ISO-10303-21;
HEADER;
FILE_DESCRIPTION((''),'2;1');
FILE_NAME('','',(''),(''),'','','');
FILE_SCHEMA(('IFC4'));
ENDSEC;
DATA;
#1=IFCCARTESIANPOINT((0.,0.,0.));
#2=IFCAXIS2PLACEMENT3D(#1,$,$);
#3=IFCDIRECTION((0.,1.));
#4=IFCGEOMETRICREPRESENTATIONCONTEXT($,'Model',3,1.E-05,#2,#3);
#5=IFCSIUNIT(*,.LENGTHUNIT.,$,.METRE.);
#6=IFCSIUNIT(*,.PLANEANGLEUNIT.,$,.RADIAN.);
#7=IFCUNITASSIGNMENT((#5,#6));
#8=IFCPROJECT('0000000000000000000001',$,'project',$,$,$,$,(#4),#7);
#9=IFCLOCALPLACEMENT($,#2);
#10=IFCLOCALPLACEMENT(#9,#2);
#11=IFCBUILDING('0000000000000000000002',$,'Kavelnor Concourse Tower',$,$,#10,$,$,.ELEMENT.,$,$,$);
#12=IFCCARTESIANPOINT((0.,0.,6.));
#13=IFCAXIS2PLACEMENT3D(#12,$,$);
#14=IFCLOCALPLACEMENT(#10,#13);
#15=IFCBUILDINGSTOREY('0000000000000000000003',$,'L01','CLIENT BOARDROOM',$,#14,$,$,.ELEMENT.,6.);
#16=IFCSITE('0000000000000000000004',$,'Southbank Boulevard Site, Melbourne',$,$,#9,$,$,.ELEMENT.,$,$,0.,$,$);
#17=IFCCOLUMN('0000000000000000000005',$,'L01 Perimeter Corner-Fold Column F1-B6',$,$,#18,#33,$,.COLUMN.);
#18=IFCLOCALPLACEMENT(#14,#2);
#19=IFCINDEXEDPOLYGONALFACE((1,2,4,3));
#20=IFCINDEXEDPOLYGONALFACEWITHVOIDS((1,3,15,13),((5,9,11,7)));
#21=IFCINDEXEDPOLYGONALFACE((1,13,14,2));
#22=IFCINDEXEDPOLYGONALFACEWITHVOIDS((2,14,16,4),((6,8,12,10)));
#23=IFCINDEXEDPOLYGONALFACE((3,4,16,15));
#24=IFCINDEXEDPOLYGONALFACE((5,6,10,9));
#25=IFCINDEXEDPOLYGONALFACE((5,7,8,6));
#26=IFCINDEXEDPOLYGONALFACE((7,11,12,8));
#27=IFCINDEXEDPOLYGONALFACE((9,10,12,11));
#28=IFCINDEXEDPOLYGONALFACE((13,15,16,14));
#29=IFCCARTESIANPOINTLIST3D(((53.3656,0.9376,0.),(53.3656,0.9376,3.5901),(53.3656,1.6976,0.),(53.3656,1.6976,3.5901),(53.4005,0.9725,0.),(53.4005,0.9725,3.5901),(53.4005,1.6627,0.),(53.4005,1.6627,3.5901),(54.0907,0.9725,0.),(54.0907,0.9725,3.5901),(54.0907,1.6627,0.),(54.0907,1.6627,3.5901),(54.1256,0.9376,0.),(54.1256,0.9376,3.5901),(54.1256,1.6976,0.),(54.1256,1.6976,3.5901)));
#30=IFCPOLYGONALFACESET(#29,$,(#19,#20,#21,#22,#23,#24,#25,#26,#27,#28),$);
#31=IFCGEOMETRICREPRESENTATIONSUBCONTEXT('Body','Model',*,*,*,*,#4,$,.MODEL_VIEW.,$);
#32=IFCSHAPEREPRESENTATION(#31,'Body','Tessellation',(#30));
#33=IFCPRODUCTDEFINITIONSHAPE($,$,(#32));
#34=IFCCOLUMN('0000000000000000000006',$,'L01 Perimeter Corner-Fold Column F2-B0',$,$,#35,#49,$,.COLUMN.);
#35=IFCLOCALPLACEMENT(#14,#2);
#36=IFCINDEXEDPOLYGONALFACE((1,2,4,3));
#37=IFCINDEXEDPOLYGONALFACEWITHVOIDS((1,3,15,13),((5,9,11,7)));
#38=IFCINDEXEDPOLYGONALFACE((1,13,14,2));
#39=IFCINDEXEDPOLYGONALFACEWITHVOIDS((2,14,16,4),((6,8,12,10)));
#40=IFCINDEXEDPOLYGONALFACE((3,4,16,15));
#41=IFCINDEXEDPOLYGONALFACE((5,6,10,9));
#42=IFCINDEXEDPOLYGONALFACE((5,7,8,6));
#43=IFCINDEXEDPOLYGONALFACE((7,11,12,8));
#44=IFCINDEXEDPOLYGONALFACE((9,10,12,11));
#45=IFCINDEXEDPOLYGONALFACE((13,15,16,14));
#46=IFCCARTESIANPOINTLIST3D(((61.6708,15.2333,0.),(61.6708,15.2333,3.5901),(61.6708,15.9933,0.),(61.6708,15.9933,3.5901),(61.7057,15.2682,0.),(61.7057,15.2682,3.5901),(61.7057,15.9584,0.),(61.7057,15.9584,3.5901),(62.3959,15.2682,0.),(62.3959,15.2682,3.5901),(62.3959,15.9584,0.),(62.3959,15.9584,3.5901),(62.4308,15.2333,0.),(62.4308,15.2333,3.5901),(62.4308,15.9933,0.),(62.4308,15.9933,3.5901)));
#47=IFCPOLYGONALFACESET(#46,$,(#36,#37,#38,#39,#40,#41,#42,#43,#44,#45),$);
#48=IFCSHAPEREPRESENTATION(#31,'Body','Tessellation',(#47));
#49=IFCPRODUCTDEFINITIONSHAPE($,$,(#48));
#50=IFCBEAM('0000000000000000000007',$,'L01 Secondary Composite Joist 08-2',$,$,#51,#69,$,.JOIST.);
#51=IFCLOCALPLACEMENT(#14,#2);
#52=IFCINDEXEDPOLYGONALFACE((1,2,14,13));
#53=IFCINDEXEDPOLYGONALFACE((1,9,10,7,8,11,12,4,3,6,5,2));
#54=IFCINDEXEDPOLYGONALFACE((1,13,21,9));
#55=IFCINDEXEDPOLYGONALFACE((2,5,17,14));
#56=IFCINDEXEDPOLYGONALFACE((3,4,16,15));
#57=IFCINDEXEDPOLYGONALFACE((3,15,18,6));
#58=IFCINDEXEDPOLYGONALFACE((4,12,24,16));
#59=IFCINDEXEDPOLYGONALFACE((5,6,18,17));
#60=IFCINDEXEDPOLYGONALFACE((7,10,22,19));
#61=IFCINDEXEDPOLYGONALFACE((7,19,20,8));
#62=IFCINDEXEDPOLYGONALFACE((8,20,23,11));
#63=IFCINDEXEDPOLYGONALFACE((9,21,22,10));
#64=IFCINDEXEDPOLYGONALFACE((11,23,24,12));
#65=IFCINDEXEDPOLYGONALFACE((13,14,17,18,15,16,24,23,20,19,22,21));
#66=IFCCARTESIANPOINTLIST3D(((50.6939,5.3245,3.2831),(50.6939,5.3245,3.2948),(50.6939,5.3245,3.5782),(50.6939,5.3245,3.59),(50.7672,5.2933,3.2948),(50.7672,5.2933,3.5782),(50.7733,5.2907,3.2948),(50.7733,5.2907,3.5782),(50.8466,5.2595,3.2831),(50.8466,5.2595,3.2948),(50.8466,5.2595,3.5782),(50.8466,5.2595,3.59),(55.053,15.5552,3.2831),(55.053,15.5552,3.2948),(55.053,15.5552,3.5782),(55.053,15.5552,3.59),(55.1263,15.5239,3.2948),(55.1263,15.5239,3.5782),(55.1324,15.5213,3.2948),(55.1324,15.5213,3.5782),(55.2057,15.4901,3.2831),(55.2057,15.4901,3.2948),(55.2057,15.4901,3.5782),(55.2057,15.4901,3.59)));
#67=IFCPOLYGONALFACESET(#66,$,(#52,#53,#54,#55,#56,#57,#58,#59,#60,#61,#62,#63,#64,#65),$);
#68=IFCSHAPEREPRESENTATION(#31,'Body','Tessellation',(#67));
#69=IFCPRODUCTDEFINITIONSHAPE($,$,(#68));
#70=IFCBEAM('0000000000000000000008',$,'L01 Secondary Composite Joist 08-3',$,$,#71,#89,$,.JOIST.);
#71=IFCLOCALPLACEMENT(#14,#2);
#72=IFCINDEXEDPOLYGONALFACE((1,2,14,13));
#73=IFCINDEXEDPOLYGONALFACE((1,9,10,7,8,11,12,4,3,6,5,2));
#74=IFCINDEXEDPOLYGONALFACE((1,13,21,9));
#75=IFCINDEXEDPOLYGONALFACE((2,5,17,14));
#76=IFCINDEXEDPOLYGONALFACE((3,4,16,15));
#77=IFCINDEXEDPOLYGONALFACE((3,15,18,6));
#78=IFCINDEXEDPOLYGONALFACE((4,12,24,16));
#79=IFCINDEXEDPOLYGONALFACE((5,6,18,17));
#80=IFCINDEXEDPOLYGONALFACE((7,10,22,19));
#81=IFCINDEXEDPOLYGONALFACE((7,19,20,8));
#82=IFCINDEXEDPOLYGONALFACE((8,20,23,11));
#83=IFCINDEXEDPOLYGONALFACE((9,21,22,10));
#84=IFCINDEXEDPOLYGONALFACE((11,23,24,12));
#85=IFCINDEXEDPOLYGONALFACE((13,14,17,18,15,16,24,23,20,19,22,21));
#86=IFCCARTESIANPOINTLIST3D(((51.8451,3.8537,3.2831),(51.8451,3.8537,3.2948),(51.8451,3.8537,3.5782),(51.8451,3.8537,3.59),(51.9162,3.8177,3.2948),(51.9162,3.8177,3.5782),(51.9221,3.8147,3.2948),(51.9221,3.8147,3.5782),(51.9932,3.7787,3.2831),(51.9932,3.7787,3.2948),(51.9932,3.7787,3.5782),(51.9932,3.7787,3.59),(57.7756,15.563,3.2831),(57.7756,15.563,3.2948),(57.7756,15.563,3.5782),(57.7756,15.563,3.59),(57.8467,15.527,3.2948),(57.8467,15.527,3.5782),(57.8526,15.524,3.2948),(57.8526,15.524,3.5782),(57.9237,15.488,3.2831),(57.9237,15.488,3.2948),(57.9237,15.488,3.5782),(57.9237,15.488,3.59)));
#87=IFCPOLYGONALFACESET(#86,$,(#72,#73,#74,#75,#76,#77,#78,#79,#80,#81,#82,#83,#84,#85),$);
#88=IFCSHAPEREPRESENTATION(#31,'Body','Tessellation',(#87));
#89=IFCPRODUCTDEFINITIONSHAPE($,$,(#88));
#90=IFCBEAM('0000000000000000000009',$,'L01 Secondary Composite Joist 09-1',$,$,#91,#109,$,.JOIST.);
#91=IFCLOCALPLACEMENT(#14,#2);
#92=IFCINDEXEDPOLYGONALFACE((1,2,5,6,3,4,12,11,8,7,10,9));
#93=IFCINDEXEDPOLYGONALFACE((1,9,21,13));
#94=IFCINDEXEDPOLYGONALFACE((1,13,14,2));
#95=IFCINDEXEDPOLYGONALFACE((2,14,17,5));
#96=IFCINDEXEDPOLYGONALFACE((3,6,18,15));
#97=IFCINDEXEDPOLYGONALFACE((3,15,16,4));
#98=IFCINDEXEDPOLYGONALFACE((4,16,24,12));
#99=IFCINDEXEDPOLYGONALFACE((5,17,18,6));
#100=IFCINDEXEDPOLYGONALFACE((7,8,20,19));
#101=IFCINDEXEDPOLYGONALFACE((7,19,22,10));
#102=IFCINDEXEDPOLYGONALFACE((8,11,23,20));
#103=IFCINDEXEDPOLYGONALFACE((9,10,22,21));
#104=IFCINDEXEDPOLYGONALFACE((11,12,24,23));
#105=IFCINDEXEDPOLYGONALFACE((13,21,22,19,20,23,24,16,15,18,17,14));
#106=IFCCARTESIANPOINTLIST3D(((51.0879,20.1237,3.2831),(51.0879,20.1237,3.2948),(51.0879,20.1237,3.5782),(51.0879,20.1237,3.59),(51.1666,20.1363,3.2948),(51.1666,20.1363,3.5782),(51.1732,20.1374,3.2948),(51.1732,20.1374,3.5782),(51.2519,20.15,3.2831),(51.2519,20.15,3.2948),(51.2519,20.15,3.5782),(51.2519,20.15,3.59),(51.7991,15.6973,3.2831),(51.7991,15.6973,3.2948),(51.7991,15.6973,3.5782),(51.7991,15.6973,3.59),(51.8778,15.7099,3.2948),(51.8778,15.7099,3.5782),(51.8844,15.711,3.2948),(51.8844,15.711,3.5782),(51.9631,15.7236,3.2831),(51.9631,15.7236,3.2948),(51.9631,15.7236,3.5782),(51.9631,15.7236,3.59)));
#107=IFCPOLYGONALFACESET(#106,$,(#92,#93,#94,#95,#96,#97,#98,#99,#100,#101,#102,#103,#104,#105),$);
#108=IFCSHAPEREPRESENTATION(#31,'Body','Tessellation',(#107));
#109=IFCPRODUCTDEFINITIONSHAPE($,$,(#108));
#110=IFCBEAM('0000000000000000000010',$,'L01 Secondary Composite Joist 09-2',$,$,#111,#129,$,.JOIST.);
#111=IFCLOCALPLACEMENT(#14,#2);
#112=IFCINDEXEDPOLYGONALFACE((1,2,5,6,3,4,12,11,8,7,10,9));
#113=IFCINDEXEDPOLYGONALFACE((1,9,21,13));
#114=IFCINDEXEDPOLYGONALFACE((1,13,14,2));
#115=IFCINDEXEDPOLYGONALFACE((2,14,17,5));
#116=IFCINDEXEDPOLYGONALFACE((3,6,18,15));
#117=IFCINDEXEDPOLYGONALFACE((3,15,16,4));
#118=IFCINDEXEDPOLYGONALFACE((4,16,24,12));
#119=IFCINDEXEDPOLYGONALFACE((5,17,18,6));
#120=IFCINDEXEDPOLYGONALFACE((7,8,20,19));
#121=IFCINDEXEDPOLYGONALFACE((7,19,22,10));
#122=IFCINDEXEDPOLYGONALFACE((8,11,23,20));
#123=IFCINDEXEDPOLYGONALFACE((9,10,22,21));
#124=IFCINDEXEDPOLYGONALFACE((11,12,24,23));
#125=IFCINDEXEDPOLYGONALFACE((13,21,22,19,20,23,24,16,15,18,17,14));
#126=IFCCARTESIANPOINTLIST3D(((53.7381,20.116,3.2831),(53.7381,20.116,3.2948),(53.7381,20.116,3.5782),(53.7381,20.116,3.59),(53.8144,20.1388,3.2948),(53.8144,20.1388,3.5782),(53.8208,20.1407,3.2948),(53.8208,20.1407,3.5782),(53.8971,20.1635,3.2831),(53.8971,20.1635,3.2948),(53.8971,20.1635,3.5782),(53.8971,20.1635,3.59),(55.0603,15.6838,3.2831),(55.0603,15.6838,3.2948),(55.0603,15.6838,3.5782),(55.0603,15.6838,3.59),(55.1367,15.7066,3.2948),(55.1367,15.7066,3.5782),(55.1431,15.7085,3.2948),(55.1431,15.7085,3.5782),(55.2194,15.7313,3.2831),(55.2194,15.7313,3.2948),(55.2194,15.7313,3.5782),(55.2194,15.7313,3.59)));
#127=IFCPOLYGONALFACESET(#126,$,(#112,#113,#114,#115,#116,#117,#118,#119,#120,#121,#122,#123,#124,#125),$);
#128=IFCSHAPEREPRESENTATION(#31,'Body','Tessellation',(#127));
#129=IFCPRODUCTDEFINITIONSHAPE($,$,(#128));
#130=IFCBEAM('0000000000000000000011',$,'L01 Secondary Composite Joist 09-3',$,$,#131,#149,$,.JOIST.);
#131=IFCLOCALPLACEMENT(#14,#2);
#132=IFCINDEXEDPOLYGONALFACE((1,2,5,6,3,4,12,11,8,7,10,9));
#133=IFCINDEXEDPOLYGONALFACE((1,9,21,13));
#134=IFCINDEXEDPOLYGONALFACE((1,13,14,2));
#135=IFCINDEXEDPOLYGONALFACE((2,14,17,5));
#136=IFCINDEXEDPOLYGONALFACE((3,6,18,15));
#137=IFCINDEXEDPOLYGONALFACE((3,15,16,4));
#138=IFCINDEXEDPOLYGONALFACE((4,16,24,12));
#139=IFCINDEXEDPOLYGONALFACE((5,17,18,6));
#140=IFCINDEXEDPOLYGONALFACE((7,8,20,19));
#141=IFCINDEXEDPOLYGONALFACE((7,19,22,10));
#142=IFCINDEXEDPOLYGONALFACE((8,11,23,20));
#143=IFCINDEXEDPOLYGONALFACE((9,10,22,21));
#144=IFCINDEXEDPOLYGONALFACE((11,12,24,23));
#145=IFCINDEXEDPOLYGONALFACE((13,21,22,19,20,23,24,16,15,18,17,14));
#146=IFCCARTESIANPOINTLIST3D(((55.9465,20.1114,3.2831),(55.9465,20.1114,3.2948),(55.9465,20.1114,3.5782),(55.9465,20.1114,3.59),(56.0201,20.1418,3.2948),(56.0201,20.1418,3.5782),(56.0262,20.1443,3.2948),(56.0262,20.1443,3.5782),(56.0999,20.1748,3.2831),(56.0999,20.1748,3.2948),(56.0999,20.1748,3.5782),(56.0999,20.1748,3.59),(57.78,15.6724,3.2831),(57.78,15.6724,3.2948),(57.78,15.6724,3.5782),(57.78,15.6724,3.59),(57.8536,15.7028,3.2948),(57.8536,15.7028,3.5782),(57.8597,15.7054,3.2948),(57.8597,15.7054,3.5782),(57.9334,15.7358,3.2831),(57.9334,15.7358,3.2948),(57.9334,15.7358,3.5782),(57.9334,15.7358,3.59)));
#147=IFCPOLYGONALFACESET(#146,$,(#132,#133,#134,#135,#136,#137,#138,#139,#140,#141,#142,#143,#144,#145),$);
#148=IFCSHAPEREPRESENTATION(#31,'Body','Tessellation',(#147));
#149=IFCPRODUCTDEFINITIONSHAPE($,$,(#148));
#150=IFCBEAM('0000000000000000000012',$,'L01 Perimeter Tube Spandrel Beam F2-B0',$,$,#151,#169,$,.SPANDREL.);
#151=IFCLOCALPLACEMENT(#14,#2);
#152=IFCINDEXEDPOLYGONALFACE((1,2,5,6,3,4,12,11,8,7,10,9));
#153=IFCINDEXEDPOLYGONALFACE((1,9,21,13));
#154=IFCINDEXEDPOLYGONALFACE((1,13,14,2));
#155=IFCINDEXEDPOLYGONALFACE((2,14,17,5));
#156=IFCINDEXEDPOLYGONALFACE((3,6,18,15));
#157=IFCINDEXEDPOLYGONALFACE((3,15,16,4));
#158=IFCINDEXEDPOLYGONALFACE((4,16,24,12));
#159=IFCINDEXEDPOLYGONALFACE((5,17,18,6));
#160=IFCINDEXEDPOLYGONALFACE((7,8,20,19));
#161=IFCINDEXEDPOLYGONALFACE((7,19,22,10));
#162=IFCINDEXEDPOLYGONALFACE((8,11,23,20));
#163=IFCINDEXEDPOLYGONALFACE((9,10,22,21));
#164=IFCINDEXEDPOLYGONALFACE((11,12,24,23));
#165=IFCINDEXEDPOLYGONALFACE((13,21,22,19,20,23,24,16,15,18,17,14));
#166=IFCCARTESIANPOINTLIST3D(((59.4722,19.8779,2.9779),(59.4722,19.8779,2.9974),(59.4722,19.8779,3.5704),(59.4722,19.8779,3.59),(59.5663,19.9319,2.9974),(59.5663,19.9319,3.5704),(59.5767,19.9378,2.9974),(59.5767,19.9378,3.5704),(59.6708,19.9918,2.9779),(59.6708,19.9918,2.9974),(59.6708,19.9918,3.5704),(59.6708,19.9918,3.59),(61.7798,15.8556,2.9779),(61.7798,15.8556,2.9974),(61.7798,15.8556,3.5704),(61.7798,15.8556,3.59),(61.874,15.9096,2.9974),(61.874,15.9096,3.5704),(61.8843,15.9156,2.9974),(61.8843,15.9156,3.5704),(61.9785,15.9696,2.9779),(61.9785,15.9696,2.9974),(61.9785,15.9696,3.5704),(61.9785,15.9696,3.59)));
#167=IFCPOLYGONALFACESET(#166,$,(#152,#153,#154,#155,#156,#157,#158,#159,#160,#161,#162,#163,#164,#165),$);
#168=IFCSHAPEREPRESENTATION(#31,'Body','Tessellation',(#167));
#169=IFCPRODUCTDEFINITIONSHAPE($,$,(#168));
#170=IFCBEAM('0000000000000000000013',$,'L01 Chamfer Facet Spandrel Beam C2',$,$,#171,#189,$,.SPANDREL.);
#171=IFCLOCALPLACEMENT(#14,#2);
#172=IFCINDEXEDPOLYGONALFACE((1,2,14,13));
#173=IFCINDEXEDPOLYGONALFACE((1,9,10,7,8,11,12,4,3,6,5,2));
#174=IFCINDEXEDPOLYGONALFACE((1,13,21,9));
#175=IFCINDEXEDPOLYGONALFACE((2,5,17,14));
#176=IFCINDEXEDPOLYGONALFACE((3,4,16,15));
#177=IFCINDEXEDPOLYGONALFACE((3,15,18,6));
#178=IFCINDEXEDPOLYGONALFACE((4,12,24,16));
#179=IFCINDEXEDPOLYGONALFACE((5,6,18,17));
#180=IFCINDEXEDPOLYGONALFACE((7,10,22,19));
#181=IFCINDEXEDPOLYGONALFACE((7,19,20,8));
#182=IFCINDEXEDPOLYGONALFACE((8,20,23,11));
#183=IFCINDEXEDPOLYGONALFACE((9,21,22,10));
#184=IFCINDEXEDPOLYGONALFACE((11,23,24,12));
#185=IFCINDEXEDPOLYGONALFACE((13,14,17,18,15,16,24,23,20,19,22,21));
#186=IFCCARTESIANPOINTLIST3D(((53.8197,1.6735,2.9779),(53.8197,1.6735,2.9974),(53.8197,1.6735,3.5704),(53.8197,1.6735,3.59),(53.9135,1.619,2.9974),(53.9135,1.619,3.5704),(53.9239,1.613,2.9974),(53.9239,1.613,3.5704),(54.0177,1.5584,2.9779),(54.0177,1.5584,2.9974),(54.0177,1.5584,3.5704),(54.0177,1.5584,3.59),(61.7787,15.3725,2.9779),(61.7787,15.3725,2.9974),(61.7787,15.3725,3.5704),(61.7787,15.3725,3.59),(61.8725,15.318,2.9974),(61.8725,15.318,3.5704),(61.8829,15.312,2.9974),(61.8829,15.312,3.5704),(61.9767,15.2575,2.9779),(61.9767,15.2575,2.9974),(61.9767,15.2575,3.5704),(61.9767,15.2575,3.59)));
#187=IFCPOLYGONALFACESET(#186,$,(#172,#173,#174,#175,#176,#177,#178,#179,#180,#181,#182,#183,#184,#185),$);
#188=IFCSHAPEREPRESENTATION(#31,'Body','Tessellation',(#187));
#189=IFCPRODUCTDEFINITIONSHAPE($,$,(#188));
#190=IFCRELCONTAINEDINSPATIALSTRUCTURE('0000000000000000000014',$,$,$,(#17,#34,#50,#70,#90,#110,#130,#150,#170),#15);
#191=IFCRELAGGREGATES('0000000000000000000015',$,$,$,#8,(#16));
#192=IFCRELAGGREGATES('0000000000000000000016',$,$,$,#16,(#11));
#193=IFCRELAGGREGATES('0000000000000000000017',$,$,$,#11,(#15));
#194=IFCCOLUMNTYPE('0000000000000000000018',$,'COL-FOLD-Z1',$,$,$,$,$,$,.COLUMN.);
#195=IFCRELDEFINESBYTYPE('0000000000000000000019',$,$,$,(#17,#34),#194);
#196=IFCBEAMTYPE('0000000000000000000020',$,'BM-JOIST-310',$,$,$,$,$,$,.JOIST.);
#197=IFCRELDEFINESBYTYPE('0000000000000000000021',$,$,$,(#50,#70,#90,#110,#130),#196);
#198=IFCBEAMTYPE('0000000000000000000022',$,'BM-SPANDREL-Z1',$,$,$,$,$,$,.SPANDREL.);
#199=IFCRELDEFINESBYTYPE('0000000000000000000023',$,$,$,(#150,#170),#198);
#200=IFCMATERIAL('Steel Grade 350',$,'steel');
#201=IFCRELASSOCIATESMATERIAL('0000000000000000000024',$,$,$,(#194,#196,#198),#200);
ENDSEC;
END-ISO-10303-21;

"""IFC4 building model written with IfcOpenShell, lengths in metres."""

from ifc_helpers import new_model, si_unit, direction, frame, origin, origin_2d, place, context, subcontext, project, spatial, hollow_rectangle, i_section, extrude, material, material_profile, profile_set, type_object, element, save


model = new_model("IFC4")

# Units and contexts
model_context = context("Model", 3, precision=1e-05, world=origin(), true_north=direction((0.0, 1.0)))
body_context = subcontext(model_context, "Body", "Model", "MODEL_VIEW")
ifc_project = project(units=[si_unit("LENGTHUNIT", "METRE"), si_unit("PLANEANGLEUNIT", "RADIAN")], contexts=[model_context])

# Site, building, storey
site_placement = place(None, origin())
site = spatial("IfcSite", under=ifc_project, at=site_placement, Name="Southbank Boulevard Site, Melbourne", CompositionType="ELEMENT", RefElevation=0.0)
building_placement = place(site_placement, origin())
building = spatial("IfcBuilding", under=site, at=building_placement, Name="Kavelnor Concourse Tower", CompositionType="ELEMENT")
storey_placement = place(building_placement, frame((0.0, 0.0, 6.0)))
storey = spatial("IfcBuildingStorey", under=building, at=storey_placement, Name="L01", Description="CLIENT BOARDROOM", CompositionType="ELEMENT", Elevation=6.0)

# Columns
ifc_material_1 = material(Name="Steel Grade 350", Category="steel")
ifc_material_profile_1 = material_profile(ifc_material_1, hollow_rectangle(XDim=0.76, YDim=0.76, WallThickness=0.0349, at=origin_2d()), Name="SHS 760x760x35")
ifc_profile_set_1 = profile_set([ifc_material_profile_1], Name="Steel Grade 350")
column_type = type_object("IfcColumnType", Name="COL-FOLD-Z1", PredefinedType="COLUMN", material=ifc_profile_set_1)
for number, where, z_axis, x_axis, name in (
    (1, (53.7456, 1.3176, 0.0), (0.0, 0.0, 1.0), (1.0, 0.0, 0.0), "L01 Perimeter Corner-Fold Column F1-B6"),
    (2, (62.0508, 15.6133, 0.0), (0.0, 0.0, 1.0), (1.0, 0.0, 0.0), "L01 Perimeter Corner-Fold Column F2-B0"),
):
    element("IfcColumn", number, at=place(storey_placement, frame(where, z_axis=z_axis, x_axis=x_axis)), inside=storey, type_object=column_type, Name=name, PredefinedType="COLUMN", context=body_context, shape_type="SweptSolid", body=[
        extrude(hollow_rectangle(XDim=0.76, YDim=0.76, WallThickness=0.0349, at=origin_2d()), origin(), (0.0, 0.0, 1.0), 3.5901),
    ])

# Beams
ifc_material_profile_2 = material_profile(ifc_material_1, i_section(OverallWidth=0.166, OverallDepth=0.3069, WebThickness=0.0066, FlangeThickness=0.0117, at=origin_2d()), Name="310UB46")
ifc_profile_set_2 = profile_set([ifc_material_profile_2], Name="Steel Grade 350")
beam_type_1 = type_object("IfcBeamType", Name="BM-JOIST-310", PredefinedType="JOIST", material=ifc_profile_set_2)
beam_1_placement = place(storey_placement, frame((50.7703, 5.292, 3.4365), z_axis=(0.391984, 0.919972, 0.0), x_axis=(-0.919972, 0.391984, 0.0)))
element("IfcBeam", 3, at=beam_1_placement, inside=storey, type_object=beam_type_1, Name="L01 Secondary Composite Joist 08-2", PredefinedType="JOIST", context=body_context, shape_type="SweptSolid", body=[
    extrude(i_section(OverallWidth=0.166, OverallDepth=0.3069, WebThickness=0.0066, FlangeThickness=0.0117, at=origin_2d()), origin(), (0.0, 0.0, 1.0), 11.1206),
])
beam_2_placement = place(storey_placement, frame((51.9192, 3.8162, 3.4365), z_axis=(0.451828, 0.892105, 0.0), x_axis=(-0.892105, 0.451828, 0.0)))
element("IfcBeam", 4, at=beam_2_placement, inside=storey, type_object=beam_type_1, Name="L01 Secondary Composite Joist 08-3", PredefinedType="JOIST", context=body_context, shape_type="SweptSolid", body=[
    extrude(i_section(OverallWidth=0.166, OverallDepth=0.3069, WebThickness=0.0066, FlangeThickness=0.0117, at=origin_2d()), origin(), (0.0, 0.0, 1.0), 13.1255),
])
beam_3_placement = place(storey_placement, frame((51.8811, 15.7104, 3.4365), z_axis=(-0.158638, 0.987337, 0.0), x_axis=(-0.987337, -0.158638, 0.0)))
element("IfcBeam", 5, at=beam_3_placement, inside=storey, type_object=beam_type_1, Name="L01 Secondary Composite Joist 09-1", PredefinedType="JOIST", context=body_context, shape_type="SweptSolid", body=[
    extrude(i_section(OverallWidth=0.166, OverallDepth=0.3069, WebThickness=0.0066, FlangeThickness=0.0117, at=origin_2d()), origin(), (0.0, 0.0, 1.0), 4.4832),
])
beam_4_placement = place(storey_placement, frame((55.1399, 15.7075, 3.4365), z_axis=(-0.285885, 0.958264, 0.0), x_axis=(-0.958264, -0.285885, 0.0)))
element("IfcBeam", 6, at=beam_4_placement, inside=storey, type_object=beam_type_1, Name="L01 Secondary Composite Joist 09-2", PredefinedType="JOIST", context=body_context, shape_type="SweptSolid", body=[
    extrude(i_section(OverallWidth=0.166, OverallDepth=0.3069, WebThickness=0.0066, FlangeThickness=0.0117, at=origin_2d()), origin(), (0.0, 0.0, 1.0), 4.6252),
])
beam_5_placement = place(storey_placement, frame((57.8567, 15.7041, 3.4365), z_axis=(-0.381762, 0.924261, 0.0), x_axis=(-0.924261, -0.381762, 0.0)))
element("IfcBeam", 7, at=beam_5_placement, inside=storey, type_object=beam_type_1, Name="L01 Secondary Composite Joist 09-3", PredefinedType="JOIST", context=body_context, shape_type="SweptSolid", body=[
    extrude(i_section(OverallWidth=0.166, OverallDepth=0.3069, WebThickness=0.0066, FlangeThickness=0.0117, at=origin_2d()), origin(), (0.0, 0.0, 1.0), 4.8027),
])
ifc_material_profile_3 = material_profile(ifc_material_1, i_section(OverallWidth=0.229, OverallDepth=0.6121, WebThickness=0.012, FlangeThickness=0.0195, at=origin_2d()), Name="610UB125")
ifc_profile_set_3 = profile_set([ifc_material_profile_3], Name="Steel Grade 350")
beam_type_2 = type_object("IfcBeamType", Name="BM-SPANDREL-Z1", PredefinedType="SPANDREL", material=ifc_profile_set_3)
beam_6_placement = place(storey_placement, frame((61.8792, 15.9126, 3.2839), z_axis=(-0.497635, 0.867387, 0.0), x_axis=(-0.867387, -0.497635, 0.0)))
element("IfcBeam", 8, at=beam_6_placement, inside=storey, type_object=beam_type_2, Name="L01 Perimeter Tube Spandrel Beam F2-B0", PredefinedType="SPANDREL", context=body_context, shape_type="SweptSolid", body=[
    extrude(i_section(OverallWidth=0.229, OverallDepth=0.6121, WebThickness=0.012, FlangeThickness=0.0195, at=origin_2d()), origin(), (0.0, 0.0, 1.0), 4.6372),
])
beam_7_placement = place(storey_placement, frame((53.9187, 1.616, 3.2839), z_axis=(0.502359, 0.864659, 0.0), x_axis=(-0.864659, 0.502359, 0.0)))
element("IfcBeam", 9, at=beam_7_placement, inside=storey, type_object=beam_type_2, Name="L01 Chamfer Facet Spandrel Beam C2", PredefinedType="SPANDREL", context=body_context, shape_type="SweptSolid", body=[
    extrude(i_section(OverallWidth=0.229, OverallDepth=0.6121, WebThickness=0.012, FlangeThickness=0.0195, at=origin_2d()), origin(), (0.0, 0.0, 1.0), 15.8433),
])

save(model, "model.ifc")
